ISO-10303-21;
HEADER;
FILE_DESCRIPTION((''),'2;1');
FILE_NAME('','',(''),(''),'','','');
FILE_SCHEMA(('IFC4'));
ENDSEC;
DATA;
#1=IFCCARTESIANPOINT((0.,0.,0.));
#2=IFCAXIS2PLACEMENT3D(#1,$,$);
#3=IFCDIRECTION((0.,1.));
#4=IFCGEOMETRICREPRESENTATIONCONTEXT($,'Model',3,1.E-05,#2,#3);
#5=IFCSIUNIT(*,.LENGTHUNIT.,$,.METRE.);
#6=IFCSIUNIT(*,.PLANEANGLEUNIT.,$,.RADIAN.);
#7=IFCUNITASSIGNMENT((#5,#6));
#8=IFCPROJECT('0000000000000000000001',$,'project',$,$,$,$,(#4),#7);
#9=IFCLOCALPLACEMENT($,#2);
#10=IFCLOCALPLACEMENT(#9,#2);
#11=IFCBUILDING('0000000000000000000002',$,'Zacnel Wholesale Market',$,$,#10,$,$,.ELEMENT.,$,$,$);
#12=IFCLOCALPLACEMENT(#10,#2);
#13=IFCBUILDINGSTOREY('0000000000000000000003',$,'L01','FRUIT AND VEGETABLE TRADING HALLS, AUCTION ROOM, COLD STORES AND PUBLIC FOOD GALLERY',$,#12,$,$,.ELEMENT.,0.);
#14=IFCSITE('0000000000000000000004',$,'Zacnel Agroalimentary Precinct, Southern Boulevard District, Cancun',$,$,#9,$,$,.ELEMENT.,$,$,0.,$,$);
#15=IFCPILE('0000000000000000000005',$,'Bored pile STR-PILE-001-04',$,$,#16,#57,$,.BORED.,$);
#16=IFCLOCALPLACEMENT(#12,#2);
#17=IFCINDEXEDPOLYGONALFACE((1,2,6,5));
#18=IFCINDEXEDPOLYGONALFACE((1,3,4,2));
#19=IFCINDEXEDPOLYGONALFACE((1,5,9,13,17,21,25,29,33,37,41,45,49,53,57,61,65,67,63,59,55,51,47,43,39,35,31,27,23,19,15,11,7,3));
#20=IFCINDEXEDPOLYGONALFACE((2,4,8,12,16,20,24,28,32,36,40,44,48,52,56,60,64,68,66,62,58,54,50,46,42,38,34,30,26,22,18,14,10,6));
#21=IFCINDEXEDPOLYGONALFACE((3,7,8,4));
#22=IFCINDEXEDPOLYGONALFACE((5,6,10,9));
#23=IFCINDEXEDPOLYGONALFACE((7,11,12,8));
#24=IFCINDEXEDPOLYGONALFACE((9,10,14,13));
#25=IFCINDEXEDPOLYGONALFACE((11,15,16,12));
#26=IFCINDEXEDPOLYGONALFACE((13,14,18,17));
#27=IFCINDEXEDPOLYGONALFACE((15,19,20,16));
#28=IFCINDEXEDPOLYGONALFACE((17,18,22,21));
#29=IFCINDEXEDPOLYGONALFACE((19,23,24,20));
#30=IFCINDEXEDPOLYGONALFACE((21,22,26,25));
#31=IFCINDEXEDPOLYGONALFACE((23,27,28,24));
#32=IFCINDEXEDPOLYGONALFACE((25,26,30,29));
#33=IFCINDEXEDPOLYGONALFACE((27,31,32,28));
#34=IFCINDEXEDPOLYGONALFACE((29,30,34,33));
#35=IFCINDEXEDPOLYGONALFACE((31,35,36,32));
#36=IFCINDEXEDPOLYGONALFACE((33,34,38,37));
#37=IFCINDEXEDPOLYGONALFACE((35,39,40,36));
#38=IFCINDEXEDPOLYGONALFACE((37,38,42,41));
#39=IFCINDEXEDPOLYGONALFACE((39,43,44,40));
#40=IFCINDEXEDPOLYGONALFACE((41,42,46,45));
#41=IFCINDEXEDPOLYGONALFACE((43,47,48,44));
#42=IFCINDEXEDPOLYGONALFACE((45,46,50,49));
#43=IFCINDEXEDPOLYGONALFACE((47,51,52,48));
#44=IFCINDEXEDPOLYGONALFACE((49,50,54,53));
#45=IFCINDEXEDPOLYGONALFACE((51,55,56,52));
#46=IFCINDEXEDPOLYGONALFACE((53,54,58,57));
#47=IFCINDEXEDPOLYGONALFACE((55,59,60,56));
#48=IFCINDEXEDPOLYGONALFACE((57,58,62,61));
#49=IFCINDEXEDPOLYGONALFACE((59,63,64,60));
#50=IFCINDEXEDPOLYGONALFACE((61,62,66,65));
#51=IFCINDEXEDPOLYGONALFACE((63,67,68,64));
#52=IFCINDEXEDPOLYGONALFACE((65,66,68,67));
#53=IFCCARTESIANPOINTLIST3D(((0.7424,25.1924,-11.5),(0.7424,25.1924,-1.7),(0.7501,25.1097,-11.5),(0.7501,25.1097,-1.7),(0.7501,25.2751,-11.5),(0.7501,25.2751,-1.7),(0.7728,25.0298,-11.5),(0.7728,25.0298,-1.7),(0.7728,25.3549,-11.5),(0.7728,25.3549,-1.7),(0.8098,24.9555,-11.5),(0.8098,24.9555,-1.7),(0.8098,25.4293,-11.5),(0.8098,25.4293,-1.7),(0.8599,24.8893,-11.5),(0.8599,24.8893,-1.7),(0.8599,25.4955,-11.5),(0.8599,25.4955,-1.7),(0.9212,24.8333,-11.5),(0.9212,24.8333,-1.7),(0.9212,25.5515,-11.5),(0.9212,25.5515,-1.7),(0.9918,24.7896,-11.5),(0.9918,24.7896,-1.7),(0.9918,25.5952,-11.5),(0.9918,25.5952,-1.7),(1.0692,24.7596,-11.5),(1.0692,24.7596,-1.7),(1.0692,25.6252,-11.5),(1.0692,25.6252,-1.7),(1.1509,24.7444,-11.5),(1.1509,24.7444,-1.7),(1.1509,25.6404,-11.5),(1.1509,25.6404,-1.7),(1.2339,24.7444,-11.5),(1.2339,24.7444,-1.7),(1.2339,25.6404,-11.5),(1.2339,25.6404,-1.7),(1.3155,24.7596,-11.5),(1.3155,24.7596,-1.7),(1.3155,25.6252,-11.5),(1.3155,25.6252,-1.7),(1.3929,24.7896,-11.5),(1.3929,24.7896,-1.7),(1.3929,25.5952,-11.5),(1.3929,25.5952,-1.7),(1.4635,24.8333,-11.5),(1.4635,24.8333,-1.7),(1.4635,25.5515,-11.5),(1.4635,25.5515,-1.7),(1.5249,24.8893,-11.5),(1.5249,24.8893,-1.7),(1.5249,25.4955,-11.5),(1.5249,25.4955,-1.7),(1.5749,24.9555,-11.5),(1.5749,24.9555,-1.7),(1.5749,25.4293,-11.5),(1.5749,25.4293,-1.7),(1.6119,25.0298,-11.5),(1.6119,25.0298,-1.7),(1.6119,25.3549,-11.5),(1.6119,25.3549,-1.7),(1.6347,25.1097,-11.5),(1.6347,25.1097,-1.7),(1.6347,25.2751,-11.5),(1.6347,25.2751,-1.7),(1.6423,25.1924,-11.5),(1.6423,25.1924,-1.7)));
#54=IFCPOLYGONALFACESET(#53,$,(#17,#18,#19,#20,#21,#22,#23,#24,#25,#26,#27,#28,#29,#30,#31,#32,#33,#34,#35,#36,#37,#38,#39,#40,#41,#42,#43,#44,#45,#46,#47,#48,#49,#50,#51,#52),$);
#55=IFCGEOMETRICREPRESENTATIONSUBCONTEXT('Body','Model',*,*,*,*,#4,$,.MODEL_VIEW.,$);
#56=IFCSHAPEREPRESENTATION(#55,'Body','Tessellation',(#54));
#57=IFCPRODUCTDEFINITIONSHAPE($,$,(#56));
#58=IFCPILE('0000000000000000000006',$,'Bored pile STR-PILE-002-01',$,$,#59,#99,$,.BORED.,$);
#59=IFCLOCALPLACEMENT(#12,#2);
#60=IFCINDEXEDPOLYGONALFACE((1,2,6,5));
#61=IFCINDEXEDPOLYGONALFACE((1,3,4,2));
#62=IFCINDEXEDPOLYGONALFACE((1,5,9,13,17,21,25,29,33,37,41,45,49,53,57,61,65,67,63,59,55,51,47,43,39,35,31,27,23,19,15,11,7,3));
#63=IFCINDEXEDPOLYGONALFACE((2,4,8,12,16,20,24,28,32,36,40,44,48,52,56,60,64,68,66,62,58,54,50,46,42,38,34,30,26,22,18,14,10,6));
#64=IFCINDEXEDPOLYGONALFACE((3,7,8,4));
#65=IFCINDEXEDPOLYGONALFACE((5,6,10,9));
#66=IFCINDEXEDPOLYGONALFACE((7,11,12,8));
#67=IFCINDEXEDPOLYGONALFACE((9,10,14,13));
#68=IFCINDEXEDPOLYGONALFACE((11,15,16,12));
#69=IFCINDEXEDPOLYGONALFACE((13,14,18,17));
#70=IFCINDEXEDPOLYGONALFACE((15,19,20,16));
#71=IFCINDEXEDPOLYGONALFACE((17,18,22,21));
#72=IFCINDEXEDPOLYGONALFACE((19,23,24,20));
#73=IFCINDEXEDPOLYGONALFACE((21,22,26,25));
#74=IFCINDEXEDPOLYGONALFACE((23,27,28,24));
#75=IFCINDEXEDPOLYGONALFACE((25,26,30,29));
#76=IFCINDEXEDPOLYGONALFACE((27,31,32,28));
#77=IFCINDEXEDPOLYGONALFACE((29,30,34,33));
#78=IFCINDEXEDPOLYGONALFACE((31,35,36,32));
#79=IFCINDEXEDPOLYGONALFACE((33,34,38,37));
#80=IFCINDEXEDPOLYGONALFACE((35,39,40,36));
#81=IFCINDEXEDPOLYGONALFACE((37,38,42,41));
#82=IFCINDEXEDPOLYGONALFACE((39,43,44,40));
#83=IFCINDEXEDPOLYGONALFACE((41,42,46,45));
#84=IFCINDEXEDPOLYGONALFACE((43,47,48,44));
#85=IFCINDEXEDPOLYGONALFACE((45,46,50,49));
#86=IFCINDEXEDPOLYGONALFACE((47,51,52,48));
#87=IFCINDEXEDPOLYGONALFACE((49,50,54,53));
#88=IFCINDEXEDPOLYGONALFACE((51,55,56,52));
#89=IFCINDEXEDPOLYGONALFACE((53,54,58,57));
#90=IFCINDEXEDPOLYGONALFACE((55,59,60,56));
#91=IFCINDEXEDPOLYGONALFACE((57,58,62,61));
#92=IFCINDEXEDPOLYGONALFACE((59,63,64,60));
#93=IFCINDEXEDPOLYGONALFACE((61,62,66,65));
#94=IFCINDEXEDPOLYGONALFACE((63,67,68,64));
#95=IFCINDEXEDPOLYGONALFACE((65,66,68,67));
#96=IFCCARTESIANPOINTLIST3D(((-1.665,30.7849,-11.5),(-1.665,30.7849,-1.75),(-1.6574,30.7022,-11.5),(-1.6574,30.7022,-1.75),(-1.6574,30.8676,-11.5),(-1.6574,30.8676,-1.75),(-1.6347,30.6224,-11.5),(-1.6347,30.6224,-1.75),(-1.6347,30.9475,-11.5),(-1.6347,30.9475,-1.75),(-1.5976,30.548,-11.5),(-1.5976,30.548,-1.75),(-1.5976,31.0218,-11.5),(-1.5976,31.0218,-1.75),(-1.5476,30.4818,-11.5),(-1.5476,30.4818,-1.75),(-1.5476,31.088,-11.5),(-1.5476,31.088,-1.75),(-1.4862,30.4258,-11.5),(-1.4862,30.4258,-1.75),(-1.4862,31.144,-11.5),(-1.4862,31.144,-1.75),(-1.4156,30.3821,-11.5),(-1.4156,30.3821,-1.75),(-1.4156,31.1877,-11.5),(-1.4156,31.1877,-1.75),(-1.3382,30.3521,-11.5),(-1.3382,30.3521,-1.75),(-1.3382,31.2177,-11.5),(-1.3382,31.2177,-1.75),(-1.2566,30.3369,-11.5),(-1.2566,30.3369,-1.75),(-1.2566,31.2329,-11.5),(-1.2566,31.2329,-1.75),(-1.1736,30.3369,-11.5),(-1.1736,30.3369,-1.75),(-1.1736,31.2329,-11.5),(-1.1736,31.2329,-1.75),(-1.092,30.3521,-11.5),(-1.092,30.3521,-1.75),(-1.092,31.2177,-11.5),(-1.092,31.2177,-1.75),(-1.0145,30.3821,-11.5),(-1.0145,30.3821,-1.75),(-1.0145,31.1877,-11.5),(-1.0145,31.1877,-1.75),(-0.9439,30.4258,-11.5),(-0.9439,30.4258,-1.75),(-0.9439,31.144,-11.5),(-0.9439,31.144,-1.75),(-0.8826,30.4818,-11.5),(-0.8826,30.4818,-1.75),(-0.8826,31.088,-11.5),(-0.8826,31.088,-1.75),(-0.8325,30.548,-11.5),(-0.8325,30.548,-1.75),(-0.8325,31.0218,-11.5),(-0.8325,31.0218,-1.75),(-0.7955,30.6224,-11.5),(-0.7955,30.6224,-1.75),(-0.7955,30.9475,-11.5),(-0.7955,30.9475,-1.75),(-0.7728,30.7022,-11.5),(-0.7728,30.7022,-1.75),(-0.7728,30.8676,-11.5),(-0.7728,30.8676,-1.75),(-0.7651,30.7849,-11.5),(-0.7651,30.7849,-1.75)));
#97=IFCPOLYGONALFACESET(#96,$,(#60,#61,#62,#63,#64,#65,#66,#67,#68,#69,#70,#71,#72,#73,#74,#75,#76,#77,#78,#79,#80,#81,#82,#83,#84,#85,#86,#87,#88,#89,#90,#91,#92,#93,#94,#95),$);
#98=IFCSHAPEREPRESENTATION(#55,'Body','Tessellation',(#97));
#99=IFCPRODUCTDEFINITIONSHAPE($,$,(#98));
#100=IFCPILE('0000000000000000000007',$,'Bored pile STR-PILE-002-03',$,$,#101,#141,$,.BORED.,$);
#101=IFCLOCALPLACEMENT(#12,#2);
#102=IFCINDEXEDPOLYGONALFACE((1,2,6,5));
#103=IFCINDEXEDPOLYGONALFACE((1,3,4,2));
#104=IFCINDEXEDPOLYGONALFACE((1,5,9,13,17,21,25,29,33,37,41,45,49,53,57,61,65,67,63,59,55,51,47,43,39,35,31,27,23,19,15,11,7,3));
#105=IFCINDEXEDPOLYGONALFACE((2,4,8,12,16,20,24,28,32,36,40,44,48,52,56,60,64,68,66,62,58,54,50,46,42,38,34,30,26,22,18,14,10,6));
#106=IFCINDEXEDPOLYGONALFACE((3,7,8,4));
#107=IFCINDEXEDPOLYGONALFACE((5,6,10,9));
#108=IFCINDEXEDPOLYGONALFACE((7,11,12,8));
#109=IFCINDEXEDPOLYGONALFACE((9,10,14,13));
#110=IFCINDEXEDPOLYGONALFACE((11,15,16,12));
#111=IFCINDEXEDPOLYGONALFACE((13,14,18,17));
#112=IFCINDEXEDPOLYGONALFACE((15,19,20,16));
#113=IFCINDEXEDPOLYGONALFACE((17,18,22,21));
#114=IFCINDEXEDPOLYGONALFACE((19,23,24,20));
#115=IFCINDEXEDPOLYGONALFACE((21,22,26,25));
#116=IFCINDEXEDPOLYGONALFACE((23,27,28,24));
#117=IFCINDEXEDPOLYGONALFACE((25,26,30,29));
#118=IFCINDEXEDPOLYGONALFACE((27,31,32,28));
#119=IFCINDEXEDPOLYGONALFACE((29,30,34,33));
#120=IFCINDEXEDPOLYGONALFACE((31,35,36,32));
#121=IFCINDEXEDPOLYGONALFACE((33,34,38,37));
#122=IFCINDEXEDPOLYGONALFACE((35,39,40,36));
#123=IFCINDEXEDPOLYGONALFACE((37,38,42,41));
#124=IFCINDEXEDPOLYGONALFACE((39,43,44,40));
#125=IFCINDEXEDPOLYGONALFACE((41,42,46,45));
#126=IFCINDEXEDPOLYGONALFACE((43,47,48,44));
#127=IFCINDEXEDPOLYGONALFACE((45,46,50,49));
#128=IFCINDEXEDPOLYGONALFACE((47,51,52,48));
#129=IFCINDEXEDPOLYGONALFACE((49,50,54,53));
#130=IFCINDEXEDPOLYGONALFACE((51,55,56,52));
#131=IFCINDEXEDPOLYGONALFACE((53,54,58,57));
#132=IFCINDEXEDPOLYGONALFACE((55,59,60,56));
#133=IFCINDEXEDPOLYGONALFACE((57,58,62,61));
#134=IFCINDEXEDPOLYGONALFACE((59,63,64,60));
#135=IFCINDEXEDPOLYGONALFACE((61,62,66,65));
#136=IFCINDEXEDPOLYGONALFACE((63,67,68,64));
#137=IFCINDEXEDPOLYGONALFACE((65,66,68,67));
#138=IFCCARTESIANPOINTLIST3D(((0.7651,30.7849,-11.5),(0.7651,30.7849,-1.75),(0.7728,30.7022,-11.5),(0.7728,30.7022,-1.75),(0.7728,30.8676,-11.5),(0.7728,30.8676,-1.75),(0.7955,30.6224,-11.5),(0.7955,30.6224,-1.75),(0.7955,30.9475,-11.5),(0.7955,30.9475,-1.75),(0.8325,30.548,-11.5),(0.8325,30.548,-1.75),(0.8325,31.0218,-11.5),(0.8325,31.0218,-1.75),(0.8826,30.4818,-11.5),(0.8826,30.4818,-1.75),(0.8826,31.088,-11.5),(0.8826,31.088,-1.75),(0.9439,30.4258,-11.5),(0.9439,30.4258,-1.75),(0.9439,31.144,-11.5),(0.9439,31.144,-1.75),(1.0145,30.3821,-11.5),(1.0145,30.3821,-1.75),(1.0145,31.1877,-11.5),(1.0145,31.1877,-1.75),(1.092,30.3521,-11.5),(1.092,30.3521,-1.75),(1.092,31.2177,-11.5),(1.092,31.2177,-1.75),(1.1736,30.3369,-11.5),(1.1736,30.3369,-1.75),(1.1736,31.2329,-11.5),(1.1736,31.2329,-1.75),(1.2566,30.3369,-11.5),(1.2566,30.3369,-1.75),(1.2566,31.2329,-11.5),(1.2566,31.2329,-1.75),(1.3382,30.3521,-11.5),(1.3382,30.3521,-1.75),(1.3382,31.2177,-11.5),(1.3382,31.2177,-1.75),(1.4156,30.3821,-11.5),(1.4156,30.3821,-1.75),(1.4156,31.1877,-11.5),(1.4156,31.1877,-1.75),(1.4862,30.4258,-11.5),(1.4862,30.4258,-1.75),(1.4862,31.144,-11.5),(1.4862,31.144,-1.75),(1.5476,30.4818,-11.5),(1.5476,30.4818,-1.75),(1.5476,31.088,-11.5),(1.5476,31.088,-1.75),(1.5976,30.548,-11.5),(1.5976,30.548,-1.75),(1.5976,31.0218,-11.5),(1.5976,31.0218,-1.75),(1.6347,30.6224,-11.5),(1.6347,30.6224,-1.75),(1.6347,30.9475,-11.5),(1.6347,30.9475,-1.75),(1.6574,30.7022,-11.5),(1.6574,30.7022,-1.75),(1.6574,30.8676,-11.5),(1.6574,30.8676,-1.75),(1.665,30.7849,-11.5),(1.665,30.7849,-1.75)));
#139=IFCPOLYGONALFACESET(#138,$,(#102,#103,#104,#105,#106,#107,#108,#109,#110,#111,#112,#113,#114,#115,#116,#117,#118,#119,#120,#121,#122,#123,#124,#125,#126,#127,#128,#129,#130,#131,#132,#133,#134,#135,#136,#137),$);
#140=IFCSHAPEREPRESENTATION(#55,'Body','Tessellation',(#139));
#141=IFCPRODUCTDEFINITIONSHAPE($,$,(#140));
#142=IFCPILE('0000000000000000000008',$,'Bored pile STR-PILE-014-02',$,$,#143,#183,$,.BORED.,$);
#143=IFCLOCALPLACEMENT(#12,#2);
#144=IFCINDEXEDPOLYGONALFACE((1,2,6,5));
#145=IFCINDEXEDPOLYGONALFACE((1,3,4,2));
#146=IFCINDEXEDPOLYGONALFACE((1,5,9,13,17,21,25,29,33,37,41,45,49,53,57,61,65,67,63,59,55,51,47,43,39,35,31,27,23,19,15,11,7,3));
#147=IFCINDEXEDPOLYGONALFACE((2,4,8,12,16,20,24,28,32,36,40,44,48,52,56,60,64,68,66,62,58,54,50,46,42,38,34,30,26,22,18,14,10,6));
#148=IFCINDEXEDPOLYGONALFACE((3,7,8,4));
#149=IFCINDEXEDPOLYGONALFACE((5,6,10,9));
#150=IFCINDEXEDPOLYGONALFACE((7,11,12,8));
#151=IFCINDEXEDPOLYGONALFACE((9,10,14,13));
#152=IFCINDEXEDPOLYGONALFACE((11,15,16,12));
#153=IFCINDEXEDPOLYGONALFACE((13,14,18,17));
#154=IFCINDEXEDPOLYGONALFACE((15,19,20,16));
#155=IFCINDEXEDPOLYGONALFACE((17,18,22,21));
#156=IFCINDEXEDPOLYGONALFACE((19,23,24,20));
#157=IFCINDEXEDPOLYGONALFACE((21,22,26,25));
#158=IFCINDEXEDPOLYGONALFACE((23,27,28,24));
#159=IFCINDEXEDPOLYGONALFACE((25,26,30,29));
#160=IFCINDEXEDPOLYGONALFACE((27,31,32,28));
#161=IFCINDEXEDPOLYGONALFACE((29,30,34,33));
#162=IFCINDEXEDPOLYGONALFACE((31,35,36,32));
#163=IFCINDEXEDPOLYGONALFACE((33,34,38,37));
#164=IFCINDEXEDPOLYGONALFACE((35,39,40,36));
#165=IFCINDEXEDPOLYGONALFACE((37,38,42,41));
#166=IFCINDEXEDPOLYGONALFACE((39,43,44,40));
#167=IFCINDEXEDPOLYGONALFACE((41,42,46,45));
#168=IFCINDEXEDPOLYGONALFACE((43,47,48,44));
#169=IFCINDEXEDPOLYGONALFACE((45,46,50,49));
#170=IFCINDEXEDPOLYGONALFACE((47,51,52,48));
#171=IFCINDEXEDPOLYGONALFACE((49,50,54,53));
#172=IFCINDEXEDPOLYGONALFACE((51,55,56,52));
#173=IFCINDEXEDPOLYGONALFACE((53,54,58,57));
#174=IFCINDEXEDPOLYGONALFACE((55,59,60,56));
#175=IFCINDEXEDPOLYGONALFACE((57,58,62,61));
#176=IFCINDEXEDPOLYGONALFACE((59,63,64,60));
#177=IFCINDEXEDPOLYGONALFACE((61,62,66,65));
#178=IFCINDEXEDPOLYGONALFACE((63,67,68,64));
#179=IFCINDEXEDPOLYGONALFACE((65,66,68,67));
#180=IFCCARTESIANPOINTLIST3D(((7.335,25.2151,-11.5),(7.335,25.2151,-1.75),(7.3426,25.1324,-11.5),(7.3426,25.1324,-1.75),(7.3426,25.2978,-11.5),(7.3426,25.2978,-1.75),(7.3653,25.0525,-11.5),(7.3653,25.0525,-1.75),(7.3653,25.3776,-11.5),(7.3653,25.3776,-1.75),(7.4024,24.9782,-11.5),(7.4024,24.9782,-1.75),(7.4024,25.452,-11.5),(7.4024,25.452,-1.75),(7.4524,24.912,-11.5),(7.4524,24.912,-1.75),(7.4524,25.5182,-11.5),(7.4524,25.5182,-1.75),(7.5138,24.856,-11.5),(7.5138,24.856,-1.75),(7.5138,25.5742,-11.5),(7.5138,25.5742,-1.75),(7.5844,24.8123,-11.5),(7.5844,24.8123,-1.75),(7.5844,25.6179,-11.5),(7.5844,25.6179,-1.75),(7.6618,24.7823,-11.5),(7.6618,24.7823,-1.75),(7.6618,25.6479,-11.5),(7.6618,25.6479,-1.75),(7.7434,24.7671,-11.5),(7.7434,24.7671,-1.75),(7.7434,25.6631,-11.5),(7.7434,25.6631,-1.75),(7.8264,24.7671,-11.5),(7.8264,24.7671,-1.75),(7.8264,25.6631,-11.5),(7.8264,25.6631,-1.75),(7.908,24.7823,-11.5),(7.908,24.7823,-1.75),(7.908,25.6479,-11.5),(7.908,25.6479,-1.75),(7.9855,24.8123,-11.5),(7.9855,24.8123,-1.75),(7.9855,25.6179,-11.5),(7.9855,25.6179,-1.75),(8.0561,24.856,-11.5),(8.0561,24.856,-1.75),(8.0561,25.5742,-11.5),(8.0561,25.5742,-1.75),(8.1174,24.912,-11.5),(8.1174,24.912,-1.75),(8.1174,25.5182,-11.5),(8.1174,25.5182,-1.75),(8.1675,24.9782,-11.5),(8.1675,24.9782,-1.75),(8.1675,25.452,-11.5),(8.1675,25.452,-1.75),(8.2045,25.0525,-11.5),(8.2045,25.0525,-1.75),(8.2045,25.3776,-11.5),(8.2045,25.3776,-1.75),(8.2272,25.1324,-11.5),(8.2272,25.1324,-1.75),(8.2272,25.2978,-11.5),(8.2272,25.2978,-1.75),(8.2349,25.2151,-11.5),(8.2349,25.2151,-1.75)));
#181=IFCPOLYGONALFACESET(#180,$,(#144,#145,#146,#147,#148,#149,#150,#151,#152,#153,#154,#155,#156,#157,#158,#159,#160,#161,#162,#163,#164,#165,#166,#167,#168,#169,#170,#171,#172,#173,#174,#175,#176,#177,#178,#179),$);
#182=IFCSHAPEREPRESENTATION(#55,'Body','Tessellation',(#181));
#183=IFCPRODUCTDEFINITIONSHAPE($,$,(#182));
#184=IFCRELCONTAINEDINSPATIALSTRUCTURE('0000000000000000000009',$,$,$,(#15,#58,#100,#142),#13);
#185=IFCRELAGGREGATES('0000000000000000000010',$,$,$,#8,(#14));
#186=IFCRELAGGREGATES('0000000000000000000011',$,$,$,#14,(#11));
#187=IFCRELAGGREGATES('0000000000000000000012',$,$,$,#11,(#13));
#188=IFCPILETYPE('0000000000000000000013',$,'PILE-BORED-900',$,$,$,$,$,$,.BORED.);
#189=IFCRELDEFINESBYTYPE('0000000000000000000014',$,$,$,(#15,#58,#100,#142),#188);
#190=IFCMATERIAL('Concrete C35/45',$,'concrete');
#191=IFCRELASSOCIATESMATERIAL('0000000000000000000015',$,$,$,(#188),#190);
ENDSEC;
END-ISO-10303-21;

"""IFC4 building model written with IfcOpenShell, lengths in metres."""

from ifc_helpers import new_model, si_unit, direction, frame, origin, origin_2d, place, context, subcontext, project, spatial, circle, extrude, material, material_profile, profile_set, type_object, element, save


model = new_model("IFC4")

# Units and contexts
model_context = context("Model", 3, precision=1e-05, world=origin(), true_north=direction((0.0, 1.0)))
body_context = subcontext(model_context, "Body", "Model", "MODEL_VIEW")
ifc_project = project(units=[si_unit("LENGTHUNIT", "METRE"), si_unit("PLANEANGLEUNIT", "RADIAN")], contexts=[model_context])

# Site, building, storey
site_placement = place(None, origin())
site = spatial("IfcSite", under=ifc_project, at=site_placement, Name="Zacnel Agroalimentary Precinct, Southern Boulevard District, Cancun", CompositionType="ELEMENT", RefElevation=0.0)
building_placement = place(site_placement, origin())
building = spatial("IfcBuilding", under=site, at=building_placement, Name="Zacnel Wholesale Market", CompositionType="ELEMENT")
storey_placement = place(building_placement, origin())
storey = spatial("IfcBuildingStorey", under=building, at=storey_placement, Name="L01", Description="FRUIT AND VEGETABLE TRADING HALLS, AUCTION ROOM, COLD STORES AND PUBLIC FOOD GALLERY", CompositionType="ELEMENT", Elevation=0.0)

# Piles
ifc_material_1 = material(Name="Concrete C35/45", Category="concrete")
ifc_material_profile_1 = material_profile(ifc_material_1, circle(Radius=0.45, at=origin_2d()), Name="BORED PILE D900")
ifc_profile_set_1 = profile_set([ifc_material_profile_1], Name="Concrete C35/45")
pile_type = type_object("IfcPileType", Name="PILE-BORED-900", PredefinedType="BORED", material=ifc_profile_set_1)
for number, where, z_axis, x_axis, name in (
    (1, (1.1924, 25.1924, -1.7), (0.0, 0.0, -1.0), (1.0, 0.0, 0.0), "Bored pile STR-PILE-001-04"),
):
    element("IfcPile", number, at=place(storey_placement, frame(where, z_axis=z_axis, x_axis=x_axis)), inside=storey, type_object=pile_type, Name=name, PredefinedType="BORED", context=body_context, shape_type="SweptSolid", body=[
        extrude(circle(Radius=0.45, at=origin_2d()), origin(), (0.0, 0.0, 1.0), 9.8),
    ])
for number, where, z_axis, x_axis, name in (
    (2, (-1.2151, 30.7849, -1.75), (0.0, 0.0, -1.0), (1.0, 0.0, 0.0), "Bored pile STR-PILE-002-01"),
    (3, (1.2151, 30.7849, -1.75), (0.0, 0.0, -1.0), (1.0, 0.0, 0.0), "Bored pile STR-PILE-002-03"),
    (4, (7.7849, 25.2151, -1.75), (0.0, 0.0, -1.0), (1.0, 0.0, 0.0), "Bored pile STR-PILE-014-02"),
):
    element("IfcPile", number, at=place(storey_placement, frame(where, z_axis=z_axis, x_axis=x_axis)), inside=storey, type_object=pile_type, Name=name, PredefinedType="BORED", context=body_context, shape_type="SweptSolid", body=[
        extrude(circle(Radius=0.45, at=origin_2d()), origin(), (0.0, 0.0, 1.0), 9.75),
    ])

save(model, "model.ifc")
